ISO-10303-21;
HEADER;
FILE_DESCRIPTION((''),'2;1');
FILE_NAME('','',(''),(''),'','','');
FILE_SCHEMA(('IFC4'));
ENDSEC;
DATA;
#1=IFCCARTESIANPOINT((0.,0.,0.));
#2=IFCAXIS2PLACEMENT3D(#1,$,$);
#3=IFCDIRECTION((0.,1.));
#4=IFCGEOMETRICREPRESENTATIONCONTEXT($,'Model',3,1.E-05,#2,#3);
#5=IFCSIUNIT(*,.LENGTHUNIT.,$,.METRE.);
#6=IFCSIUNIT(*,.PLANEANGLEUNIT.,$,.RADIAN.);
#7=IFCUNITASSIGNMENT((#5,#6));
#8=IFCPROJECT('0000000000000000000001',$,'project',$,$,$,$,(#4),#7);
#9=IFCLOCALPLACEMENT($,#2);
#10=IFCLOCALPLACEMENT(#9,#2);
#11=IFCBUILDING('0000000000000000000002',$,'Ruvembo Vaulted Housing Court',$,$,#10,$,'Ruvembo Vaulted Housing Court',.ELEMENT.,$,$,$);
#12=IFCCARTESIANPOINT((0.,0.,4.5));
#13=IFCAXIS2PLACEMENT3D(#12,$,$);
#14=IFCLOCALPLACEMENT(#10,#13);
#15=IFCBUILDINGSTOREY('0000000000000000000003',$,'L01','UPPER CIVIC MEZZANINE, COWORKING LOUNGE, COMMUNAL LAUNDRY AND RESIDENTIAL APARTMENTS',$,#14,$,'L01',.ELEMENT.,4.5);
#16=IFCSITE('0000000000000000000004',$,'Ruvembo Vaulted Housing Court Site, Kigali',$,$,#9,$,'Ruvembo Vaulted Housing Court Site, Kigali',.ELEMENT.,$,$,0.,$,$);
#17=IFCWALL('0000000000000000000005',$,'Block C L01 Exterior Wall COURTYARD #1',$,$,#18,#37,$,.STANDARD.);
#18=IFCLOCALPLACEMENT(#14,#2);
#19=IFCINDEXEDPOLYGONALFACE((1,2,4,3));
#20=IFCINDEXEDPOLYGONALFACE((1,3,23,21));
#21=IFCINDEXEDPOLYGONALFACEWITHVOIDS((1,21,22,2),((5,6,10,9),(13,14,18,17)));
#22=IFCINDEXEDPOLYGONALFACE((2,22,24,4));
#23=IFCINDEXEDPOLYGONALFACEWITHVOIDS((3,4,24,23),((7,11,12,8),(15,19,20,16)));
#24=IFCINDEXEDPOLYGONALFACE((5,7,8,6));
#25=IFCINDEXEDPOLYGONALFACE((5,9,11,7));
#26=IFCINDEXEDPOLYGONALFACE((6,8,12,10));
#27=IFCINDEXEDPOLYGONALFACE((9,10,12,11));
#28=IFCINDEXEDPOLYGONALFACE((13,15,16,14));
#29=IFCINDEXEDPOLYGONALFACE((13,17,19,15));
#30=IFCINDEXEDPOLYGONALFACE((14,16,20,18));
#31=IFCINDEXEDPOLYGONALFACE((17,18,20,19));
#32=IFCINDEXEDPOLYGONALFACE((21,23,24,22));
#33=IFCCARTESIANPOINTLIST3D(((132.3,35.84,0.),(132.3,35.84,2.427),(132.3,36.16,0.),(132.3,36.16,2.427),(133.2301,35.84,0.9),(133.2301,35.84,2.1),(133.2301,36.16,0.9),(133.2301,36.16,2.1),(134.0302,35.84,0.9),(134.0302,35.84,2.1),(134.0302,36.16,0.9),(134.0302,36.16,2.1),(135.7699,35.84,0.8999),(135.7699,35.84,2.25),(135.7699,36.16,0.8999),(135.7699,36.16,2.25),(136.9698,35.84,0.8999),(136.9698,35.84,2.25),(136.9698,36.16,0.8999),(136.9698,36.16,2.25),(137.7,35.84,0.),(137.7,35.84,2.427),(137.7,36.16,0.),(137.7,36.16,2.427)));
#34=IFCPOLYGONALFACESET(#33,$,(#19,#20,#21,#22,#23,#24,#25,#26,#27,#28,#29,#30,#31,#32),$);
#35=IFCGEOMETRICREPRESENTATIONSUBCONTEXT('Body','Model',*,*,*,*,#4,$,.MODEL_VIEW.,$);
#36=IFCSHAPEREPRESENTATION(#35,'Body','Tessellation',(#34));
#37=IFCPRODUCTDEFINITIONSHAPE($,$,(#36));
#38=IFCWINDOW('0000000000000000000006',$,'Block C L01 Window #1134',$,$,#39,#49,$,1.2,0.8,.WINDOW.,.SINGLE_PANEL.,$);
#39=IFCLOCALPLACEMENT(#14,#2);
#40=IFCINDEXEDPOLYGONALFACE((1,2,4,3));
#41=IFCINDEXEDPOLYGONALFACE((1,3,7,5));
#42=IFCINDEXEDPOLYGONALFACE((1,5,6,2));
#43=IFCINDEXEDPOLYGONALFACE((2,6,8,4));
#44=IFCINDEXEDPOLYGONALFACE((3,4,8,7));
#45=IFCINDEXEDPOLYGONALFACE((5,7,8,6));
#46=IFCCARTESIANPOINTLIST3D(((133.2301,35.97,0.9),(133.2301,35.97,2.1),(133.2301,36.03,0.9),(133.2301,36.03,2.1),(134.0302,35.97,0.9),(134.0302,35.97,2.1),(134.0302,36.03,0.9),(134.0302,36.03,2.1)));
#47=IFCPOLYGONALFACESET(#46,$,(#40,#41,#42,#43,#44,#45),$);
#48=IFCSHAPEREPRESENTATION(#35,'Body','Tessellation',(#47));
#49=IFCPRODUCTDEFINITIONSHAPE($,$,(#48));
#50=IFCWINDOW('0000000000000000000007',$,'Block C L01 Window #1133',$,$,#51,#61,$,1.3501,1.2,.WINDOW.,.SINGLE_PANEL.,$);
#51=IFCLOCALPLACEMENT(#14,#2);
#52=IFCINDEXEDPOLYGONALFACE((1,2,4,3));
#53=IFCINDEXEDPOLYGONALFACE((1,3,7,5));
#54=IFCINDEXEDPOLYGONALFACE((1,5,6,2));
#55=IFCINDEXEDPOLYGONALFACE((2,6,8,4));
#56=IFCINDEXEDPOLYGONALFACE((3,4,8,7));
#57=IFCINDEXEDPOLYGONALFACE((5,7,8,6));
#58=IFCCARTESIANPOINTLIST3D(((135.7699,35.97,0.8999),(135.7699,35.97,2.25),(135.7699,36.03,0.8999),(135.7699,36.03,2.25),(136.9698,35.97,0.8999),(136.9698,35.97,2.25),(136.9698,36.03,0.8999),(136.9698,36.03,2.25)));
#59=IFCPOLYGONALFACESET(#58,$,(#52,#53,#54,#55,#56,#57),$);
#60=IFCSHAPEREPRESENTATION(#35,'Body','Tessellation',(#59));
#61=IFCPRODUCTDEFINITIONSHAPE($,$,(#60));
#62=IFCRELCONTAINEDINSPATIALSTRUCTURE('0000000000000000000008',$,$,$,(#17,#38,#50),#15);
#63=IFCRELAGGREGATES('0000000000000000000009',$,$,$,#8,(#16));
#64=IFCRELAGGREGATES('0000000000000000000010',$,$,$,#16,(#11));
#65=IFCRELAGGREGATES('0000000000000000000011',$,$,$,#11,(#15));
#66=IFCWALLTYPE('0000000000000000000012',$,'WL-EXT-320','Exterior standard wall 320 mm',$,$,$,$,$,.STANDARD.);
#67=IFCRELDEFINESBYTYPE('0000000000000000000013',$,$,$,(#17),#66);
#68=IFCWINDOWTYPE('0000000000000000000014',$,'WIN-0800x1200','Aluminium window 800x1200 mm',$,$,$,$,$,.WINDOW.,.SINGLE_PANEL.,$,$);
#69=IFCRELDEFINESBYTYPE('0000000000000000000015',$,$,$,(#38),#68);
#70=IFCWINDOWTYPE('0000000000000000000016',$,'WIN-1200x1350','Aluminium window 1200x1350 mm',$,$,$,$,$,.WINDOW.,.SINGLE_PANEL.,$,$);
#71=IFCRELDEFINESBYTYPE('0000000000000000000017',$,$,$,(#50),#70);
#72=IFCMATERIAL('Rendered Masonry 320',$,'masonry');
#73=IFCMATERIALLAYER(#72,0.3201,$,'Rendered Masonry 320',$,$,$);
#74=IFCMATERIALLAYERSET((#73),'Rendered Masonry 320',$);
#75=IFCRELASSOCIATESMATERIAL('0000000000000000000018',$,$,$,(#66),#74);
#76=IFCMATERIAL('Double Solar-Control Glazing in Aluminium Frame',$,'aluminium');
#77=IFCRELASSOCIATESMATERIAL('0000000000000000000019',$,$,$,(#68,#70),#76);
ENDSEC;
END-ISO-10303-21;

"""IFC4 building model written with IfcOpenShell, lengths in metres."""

from ifc_helpers import new_model, si_unit, direction, frame, frame_2d, origin, place, context, subcontext, project, spatial, rectangle, extrude, material, layer, layer_set, type_object, element, fill, save


model = new_model("IFC4")

# Units and contexts
model_context = context("Model", 3, precision=1e-05, world=origin(), true_north=direction((0.0, 1.0)))
body_context = subcontext(model_context, "Body", "Model", "MODEL_VIEW")
ifc_project = project(units=[si_unit("LENGTHUNIT", "METRE"), si_unit("PLANEANGLEUNIT", "RADIAN")], contexts=[model_context])

# Site, building, storey
site_placement = place(None, origin())
site = spatial("IfcSite", under=ifc_project, at=site_placement, Name="Ruvembo Vaulted Housing Court Site, Kigali", LongName="Ruvembo Vaulted Housing Court Site, Kigali", CompositionType="ELEMENT", RefElevation=0.0)
building_placement = place(site_placement, origin())
building = spatial("IfcBuilding", under=site, at=building_placement, Name="Ruvembo Vaulted Housing Court", LongName="Ruvembo Vaulted Housing Court", CompositionType="ELEMENT")
storey_placement = place(building_placement, frame((0.0, 0.0, 4.5)))
storey = spatial("IfcBuildingStorey", under=building, at=storey_placement, Name="L01", Description="UPPER CIVIC MEZZANINE, COWORKING LOUNGE, COMMUNAL LAUNDRY AND RESIDENTIAL APARTMENTS", LongName="L01", CompositionType="ELEMENT", Elevation=4.5)

# Shared definitions
ifc_material_1 = material(Name="Double Solar-Control Glazing in Aluminium Frame", Category="aluminium")

# Wall, openings, windows
ifc_material_2 = material(Name="Rendered Masonry 320", Category="masonry")
ifc_layer_1 = layer(ifc_material_2, 0.3201, Name="Rendered Masonry 320")
ifc_layer_set_1 = layer_set([ifc_layer_1], Name="Rendered Masonry 320")
wall_type_1 = type_object("IfcWallType", Name="WL-EXT-320", Description="Exterior standard wall 320 mm", PredefinedType="STANDARD", material=ifc_layer_set_1)
wall_1_placement = place(storey_placement, frame((137.7, 36.0, 0.0), z_axis=(0.0, 0.0, 1.0), x_axis=(-1.0, 0.0, 0.0)))
wall_1 = element("IfcWall", 1, at=wall_1_placement, inside=storey, type_object=wall_type_1, Name="Block C L01 Exterior Wall COURTYARD #1", PredefinedType="STANDARD", context=body_context, shape_type="SweptSolid", body=[
    extrude(rectangle(XDim=5.3999, YDim=0.3201, at=frame_2d((2.7, 0.0))), origin(), (0.0, 0.0, 1.0), 2.427),
])
opening_1_placement = place(wall_1_placement, frame((0.73, 0.0, 0.8999)))
opening_1 = element("IfcOpeningElement", 2, at=opening_1_placement, cuts=wall_1, PredefinedType="OPENING", context=body_context, shape_type="SweptSolid", body=[
    extrude(rectangle(XDim=1.2, YDim=1.3501, at=frame_2d((0.6001, 0.675))), frame((0.0, 0.1699, 0.0), z_axis=(0.0, -1.0, 0.0), x_axis=(1.0, 0.0, 0.0)), (0.0, 0.0, 1.0), 0.3401),
])
opening_2_placement = place(wall_1_placement, frame((3.6699, 0.0, 0.8999)))
opening_2 = element("IfcOpeningElement", 3, at=opening_2_placement, cuts=wall_1, PredefinedType="OPENING", context=body_context, shape_type="SweptSolid", body=[
    extrude(rectangle(XDim=0.8, YDim=1.2, at=frame_2d((0.3999, 0.6001))), frame((0.0, 0.1699, 0.0), z_axis=(0.0, -1.0, 0.0), x_axis=(1.0, 0.0, 0.0)), (0.0, 0.0, 1.0), 0.3401),
])
window_type_1 = type_object("IfcWindowType", Name="WIN-0800x1200", Description="Aluminium window 800x1200 mm", PartitioningType="SINGLE_PANEL", PredefinedType="WINDOW", material=ifc_material_1)
window_1_placement = place(opening_2_placement, origin())
window_1 = element("IfcWindow", 4, at=window_1_placement, inside=storey, type_object=window_type_1, Name="Block C L01 Window #1134", OverallHeight=1.2, OverallWidth=0.8, PartitioningType="SINGLE_PANEL", PredefinedType="WINDOW", context=body_context, shape_type="SweptSolid", body=[
    extrude(rectangle(XDim=0.8, YDim=1.2, at=frame_2d((0.3999, 0.6001))), frame((0.0, 0.03, 0.0), z_axis=(0.0, -1.0, 0.0), x_axis=(1.0, 0.0, 0.0)), (0.0, 0.0, 1.0), 0.0601),
])
fill(opening_2, window_1)
window_type_2 = type_object("IfcWindowType", Name="WIN-1200x1350", Description="Aluminium window 1200x1350 mm", PartitioningType="SINGLE_PANEL", PredefinedType="WINDOW", material=ifc_material_1)
window_2_placement = place(opening_1_placement, origin())
window_2 = element("IfcWindow", 5, at=window_2_placement, inside=storey, type_object=window_type_2, Name="Block C L01 Window #1133", OverallHeight=1.3501, OverallWidth=1.2, PartitioningType="SINGLE_PANEL", PredefinedType="WINDOW", context=body_context, shape_type="SweptSolid", body=[
    extrude(rectangle(XDim=1.2, YDim=1.3501, at=frame_2d((0.6001, 0.675))), frame((0.0, 0.03, 0.0), z_axis=(0.0, -1.0, 0.0), x_axis=(1.0, 0.0, 0.0)), (0.0, 0.0, 1.0), 0.0601),
])
fill(opening_1, window_2)

save(model, "model.ifc")
